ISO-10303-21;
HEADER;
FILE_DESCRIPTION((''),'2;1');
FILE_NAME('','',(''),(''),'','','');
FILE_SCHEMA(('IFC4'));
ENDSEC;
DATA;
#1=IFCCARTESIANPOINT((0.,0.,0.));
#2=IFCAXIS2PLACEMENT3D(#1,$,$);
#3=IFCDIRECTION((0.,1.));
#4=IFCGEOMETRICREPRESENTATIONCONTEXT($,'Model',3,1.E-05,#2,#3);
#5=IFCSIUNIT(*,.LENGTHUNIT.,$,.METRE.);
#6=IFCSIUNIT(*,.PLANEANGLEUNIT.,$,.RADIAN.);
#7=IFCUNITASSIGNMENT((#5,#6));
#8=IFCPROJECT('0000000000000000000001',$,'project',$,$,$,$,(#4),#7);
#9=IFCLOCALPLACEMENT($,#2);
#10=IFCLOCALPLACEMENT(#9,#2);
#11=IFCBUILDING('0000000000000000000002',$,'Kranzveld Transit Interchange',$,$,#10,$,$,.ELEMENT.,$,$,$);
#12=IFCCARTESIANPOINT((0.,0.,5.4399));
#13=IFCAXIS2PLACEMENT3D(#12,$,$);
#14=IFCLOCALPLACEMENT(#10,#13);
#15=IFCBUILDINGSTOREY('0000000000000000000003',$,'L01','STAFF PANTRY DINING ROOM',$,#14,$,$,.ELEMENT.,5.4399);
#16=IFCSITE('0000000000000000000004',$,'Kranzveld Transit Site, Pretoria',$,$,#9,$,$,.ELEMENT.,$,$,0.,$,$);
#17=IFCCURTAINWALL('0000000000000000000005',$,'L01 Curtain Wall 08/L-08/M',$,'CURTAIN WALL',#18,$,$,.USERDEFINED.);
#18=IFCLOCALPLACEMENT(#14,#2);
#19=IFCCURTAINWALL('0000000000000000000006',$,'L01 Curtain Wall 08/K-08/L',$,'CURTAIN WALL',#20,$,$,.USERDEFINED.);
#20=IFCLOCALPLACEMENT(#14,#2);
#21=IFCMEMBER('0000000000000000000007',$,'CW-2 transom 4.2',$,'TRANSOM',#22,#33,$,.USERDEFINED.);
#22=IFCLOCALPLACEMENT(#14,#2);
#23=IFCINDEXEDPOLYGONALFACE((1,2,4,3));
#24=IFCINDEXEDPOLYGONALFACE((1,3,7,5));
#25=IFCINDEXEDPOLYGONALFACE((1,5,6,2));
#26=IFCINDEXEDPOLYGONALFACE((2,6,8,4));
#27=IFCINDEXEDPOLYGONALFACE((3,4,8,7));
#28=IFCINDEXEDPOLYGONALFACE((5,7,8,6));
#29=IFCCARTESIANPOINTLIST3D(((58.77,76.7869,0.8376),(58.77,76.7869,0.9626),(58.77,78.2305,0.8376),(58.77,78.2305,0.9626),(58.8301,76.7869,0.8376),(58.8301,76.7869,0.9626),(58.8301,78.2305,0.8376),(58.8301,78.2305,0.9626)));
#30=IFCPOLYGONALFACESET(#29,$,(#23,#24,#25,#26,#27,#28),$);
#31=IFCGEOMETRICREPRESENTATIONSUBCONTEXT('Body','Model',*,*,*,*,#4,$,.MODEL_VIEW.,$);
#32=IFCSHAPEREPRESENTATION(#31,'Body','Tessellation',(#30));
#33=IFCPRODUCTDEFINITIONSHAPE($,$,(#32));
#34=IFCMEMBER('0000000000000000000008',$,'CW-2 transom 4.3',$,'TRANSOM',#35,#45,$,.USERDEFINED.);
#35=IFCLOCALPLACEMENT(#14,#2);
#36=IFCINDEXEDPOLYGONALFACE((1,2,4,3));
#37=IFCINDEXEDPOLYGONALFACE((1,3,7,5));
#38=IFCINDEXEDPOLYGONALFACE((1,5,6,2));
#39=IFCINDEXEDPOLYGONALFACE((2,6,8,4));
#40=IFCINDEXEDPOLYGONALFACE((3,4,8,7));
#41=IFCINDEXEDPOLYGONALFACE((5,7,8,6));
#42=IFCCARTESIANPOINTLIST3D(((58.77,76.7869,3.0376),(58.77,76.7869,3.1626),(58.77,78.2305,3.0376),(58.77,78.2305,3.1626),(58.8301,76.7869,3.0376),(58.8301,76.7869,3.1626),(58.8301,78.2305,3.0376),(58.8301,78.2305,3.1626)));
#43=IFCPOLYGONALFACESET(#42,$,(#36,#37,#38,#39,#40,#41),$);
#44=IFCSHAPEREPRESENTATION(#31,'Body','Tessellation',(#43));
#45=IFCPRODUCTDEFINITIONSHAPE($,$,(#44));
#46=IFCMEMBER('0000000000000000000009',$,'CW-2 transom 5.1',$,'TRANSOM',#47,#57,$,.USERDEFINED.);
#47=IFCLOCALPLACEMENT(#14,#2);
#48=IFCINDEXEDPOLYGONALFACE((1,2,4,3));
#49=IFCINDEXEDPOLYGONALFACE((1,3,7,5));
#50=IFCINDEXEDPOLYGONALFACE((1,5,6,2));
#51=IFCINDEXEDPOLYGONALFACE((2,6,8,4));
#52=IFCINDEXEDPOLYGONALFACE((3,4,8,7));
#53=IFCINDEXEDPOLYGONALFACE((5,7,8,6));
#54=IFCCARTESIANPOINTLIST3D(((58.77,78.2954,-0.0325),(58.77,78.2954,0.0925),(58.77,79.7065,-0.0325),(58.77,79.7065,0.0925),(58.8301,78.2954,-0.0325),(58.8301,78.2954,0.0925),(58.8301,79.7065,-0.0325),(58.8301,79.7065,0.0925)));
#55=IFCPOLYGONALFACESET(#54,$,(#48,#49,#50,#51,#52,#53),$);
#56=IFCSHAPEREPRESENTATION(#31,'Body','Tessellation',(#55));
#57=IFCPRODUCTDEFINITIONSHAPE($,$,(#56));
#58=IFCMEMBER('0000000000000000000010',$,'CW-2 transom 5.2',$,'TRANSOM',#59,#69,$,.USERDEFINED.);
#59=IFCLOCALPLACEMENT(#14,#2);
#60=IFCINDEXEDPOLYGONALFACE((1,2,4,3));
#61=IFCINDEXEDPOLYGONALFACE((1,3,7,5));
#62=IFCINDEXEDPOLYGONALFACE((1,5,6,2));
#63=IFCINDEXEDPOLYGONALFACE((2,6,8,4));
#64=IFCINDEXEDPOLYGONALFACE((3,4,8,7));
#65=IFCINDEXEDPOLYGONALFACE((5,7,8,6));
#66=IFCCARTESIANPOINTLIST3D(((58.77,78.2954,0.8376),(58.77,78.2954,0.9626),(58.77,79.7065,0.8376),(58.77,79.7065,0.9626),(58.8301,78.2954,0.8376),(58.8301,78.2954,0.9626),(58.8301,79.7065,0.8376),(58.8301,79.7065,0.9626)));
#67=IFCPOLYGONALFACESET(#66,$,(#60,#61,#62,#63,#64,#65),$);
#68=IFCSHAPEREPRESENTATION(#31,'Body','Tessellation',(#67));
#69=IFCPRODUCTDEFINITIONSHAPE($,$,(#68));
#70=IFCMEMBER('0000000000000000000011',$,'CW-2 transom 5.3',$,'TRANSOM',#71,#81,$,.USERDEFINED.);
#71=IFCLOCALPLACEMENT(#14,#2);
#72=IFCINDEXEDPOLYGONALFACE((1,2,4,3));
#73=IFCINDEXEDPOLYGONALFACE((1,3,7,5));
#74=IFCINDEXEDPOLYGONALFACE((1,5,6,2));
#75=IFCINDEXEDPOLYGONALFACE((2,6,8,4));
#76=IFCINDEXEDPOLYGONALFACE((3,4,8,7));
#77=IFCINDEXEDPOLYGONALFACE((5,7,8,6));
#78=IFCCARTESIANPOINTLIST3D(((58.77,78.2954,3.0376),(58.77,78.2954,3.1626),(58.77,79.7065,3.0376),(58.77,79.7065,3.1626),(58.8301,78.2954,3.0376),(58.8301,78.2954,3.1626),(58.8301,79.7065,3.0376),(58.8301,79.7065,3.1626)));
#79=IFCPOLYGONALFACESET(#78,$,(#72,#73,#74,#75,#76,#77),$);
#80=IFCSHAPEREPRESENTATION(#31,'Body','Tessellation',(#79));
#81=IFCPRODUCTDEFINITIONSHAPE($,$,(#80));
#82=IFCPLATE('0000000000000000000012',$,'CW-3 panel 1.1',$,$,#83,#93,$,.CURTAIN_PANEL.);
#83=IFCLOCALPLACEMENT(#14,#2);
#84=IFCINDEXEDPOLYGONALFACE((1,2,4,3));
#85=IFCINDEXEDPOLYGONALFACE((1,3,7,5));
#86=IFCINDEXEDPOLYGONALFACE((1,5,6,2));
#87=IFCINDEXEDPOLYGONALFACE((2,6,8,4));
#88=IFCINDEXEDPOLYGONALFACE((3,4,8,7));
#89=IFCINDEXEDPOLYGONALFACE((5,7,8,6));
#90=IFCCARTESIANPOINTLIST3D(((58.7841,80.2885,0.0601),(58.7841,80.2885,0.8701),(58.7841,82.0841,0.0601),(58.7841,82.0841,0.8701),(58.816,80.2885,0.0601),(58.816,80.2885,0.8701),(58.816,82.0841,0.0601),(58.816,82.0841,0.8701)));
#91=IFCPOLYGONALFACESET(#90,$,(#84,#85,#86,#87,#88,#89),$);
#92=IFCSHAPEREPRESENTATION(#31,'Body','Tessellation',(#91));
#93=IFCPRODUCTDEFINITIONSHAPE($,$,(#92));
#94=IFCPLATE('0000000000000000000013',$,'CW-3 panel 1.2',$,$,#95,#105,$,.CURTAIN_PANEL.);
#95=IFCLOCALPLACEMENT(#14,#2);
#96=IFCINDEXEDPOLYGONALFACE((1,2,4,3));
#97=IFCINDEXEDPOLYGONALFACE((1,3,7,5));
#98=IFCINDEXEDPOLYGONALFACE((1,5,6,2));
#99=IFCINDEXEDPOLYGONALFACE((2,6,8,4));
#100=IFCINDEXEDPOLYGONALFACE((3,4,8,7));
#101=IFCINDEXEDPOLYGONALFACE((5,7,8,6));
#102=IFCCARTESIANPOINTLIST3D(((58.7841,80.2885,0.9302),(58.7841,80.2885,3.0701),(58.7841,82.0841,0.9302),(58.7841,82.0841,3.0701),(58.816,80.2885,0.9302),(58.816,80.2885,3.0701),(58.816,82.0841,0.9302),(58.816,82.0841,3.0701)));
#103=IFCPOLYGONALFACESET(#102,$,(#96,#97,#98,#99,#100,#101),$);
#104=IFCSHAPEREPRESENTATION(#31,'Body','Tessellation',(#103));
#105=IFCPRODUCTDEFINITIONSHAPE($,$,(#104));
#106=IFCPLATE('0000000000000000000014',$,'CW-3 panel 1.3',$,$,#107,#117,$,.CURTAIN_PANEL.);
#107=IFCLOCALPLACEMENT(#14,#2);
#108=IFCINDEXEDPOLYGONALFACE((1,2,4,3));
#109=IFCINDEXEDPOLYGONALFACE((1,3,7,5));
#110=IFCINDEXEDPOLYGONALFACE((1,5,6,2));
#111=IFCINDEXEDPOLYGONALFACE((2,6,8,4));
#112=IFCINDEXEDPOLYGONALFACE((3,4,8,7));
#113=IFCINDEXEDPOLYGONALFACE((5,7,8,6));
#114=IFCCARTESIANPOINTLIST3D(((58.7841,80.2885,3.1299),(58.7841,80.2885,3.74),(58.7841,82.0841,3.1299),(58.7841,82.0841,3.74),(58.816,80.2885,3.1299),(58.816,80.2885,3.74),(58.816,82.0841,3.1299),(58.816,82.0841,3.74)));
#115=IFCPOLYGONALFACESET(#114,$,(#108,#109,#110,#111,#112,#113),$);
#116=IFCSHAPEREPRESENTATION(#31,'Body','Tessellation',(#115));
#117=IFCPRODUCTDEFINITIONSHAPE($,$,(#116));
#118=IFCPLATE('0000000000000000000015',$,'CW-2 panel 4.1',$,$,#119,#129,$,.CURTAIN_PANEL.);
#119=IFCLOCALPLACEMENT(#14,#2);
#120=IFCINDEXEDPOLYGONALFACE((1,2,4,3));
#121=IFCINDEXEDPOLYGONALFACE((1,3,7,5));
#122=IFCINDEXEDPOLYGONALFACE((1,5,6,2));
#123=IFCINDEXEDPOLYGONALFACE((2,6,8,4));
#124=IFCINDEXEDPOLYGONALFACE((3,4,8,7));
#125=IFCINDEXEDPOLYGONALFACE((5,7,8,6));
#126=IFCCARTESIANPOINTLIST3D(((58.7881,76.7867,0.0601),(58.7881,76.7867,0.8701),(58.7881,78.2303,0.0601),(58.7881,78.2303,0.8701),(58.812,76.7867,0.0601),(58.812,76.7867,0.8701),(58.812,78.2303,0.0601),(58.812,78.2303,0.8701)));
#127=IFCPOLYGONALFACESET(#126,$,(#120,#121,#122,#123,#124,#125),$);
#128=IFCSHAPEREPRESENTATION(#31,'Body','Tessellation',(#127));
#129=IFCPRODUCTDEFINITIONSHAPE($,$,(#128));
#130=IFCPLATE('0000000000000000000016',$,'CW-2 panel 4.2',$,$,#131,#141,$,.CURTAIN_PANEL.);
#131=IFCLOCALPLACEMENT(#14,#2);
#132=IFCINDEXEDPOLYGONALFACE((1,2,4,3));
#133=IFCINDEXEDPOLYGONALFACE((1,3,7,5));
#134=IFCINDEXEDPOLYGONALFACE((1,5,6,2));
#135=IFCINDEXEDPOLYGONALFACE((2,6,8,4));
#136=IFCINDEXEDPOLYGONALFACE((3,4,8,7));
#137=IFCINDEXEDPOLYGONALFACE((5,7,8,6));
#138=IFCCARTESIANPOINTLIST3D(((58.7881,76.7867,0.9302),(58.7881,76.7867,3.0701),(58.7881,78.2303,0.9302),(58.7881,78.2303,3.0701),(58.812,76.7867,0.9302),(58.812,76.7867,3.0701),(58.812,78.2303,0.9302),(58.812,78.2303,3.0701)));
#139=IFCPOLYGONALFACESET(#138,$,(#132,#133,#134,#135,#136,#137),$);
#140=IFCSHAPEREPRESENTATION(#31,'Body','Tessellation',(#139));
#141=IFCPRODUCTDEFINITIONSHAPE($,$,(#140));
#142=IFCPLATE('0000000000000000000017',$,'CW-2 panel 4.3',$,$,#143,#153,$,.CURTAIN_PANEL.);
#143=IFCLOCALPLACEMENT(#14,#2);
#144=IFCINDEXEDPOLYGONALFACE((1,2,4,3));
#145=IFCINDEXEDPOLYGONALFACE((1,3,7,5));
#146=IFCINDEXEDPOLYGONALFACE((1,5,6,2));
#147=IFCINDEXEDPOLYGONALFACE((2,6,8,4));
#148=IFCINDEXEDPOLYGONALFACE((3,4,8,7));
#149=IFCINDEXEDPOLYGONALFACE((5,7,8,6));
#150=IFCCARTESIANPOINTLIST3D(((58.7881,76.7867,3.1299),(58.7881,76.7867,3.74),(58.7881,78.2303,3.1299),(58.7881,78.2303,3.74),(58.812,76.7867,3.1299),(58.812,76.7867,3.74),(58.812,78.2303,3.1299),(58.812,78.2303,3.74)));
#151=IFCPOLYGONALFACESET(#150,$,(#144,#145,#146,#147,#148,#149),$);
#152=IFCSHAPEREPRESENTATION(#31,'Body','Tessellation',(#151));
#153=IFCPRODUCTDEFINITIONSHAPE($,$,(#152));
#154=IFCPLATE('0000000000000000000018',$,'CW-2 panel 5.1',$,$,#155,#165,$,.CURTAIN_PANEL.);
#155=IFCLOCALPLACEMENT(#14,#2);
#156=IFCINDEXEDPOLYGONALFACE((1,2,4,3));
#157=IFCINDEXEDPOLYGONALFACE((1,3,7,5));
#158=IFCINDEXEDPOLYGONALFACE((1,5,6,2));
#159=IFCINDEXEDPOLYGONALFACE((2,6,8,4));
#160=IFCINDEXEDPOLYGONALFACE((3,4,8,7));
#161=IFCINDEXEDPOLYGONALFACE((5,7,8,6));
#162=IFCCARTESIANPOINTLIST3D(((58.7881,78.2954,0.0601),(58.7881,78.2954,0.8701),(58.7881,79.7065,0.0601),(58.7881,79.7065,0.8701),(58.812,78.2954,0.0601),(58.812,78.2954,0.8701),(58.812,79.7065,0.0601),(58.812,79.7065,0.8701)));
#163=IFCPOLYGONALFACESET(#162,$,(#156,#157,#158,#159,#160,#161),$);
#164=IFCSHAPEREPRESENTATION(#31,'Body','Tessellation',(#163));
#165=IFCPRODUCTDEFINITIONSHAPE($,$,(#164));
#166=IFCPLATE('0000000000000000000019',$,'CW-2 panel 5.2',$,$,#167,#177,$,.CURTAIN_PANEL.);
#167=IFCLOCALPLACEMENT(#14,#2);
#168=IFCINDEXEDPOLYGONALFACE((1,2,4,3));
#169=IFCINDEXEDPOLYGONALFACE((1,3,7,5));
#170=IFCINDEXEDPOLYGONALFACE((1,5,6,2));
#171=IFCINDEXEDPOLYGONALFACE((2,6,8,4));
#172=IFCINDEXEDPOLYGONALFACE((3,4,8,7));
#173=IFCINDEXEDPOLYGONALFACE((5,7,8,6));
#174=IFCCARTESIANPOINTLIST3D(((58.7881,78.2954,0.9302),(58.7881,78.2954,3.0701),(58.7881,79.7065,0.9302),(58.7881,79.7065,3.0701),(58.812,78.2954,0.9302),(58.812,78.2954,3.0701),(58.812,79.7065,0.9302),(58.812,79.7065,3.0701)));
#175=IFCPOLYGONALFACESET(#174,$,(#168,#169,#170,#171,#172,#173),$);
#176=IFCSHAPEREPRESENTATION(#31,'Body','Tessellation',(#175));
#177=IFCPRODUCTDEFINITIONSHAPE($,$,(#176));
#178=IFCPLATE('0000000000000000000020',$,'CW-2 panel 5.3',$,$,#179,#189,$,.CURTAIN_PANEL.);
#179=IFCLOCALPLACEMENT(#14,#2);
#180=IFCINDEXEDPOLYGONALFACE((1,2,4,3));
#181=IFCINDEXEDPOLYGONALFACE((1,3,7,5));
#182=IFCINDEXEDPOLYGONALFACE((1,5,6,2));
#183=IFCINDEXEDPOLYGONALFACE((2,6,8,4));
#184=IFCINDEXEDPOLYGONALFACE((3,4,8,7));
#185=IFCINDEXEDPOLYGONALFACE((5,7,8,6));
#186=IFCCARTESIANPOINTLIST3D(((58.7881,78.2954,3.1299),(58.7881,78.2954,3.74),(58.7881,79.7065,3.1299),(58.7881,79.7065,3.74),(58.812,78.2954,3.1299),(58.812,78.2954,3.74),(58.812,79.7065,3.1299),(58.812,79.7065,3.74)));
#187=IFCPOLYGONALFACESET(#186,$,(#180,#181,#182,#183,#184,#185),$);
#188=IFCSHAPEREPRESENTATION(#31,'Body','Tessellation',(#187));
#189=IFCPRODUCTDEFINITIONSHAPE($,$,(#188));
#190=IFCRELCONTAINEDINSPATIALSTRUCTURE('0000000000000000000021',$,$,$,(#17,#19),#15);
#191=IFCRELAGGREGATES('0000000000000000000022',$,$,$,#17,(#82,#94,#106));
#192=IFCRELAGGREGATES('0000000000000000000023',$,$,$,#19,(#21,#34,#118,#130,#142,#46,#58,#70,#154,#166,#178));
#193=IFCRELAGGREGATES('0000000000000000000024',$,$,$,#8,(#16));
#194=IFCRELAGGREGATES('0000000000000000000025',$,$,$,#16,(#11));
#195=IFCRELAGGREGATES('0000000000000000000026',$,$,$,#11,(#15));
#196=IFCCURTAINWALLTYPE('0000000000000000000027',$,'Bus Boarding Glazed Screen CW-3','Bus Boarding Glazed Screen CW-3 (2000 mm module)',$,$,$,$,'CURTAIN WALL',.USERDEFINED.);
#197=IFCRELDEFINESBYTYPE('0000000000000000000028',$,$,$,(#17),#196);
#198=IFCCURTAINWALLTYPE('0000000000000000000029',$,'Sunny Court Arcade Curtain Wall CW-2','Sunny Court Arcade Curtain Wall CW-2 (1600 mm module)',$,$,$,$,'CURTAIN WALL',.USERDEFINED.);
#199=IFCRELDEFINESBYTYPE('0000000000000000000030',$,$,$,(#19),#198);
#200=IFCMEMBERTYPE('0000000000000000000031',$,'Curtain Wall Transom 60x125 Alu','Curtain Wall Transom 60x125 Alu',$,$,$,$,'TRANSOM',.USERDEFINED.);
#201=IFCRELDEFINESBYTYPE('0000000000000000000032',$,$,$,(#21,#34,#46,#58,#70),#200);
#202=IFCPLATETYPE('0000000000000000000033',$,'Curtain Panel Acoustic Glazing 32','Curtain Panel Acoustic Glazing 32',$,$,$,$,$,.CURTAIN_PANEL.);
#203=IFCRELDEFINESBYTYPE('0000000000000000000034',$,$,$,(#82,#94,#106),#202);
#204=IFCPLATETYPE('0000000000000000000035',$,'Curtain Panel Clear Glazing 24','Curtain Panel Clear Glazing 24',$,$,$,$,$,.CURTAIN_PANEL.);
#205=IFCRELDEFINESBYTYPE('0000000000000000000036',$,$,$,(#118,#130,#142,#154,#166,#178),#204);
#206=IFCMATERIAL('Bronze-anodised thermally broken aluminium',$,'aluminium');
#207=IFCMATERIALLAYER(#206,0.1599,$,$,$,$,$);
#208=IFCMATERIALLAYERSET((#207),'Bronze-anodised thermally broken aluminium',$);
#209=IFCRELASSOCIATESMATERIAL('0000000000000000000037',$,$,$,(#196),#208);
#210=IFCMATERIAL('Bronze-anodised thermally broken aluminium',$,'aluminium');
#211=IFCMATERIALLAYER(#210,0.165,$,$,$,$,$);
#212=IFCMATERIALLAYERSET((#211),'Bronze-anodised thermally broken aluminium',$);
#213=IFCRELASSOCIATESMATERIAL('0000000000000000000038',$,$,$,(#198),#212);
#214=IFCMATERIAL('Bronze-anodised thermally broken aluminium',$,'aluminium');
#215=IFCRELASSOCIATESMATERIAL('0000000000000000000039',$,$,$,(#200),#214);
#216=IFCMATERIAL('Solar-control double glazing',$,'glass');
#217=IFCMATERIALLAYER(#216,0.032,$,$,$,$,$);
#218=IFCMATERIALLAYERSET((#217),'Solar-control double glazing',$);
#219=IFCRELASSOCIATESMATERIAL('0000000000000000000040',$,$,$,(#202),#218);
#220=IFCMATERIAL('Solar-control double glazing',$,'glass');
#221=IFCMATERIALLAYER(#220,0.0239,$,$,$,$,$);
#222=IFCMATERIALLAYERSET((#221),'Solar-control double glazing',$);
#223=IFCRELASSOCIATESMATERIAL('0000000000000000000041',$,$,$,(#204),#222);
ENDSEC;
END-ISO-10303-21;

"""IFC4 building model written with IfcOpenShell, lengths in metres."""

from ifc_helpers import new_model, si_unit, direction, frame, origin, origin_2d, place, context, subcontext, project, spatial, rectangle, extrude, material, layer, layer_set, material_profile, profile_set, type_object, element, aggregate, save


model = new_model("IFC4")

# Units and contexts
model_context = context("Model", 3, precision=1e-05, world=origin(), true_north=direction((0.0, 1.0)))
body_context = subcontext(model_context, "Body", "Model", "MODEL_VIEW")
ifc_project = project(units=[si_unit("LENGTHUNIT", "METRE"), si_unit("PLANEANGLEUNIT", "RADIAN")], contexts=[model_context])

# Site, building, storey
site_placement = place(None, origin())
site = spatial("IfcSite", under=ifc_project, at=site_placement, Name="Kranzveld Transit Site, Pretoria", CompositionType="ELEMENT", RefElevation=0.0)
building_placement = place(site_placement, origin())
building = spatial("IfcBuilding", under=site, at=building_placement, Name="Kranzveld Transit Interchange", CompositionType="ELEMENT")
storey_placement = place(building_placement, frame((0.0, 0.0, 5.4399)))
storey = spatial("IfcBuildingStorey", under=building, at=storey_placement, Name="L01", Description="STAFF PANTRY DINING ROOM", CompositionType="ELEMENT", Elevation=5.4399)

# Curtain walls
ifc_material_1 = material(Name="Bronze-anodised thermally broken aluminium", Category="aluminium")
ifc_layer_1 = layer(ifc_material_1, 0.1599)
ifc_layer_set_1 = layer_set([ifc_layer_1], Name="Bronze-anodised thermally broken aluminium")
curtain_wall_type_1 = type_object("IfcCurtainWallType", Name="Bus Boarding Glazed Screen CW-3", Description="Bus Boarding Glazed Screen CW-3 (2000 mm module)", ElementType="CURTAIN WALL", PredefinedType="USERDEFINED", material=ifc_layer_set_1)
curtain_wall_1_placement = place(storey_placement, origin())
curtain_wall_1 = element("IfcCurtainWall", 1, at=curtain_wall_1_placement, inside=storey, type_object=curtain_wall_type_1, Name="L01 Curtain Wall 08/L-08/M", ObjectType="CURTAIN WALL", PredefinedType="USERDEFINED")
ifc_material_2 = material(Name="Bronze-anodised thermally broken aluminium", Category="aluminium")
ifc_layer_2 = layer(ifc_material_2, 0.165)
ifc_layer_set_2 = layer_set([ifc_layer_2], Name="Bronze-anodised thermally broken aluminium")
curtain_wall_type_2 = type_object("IfcCurtainWallType", Name="Sunny Court Arcade Curtain Wall CW-2", Description="Sunny Court Arcade Curtain Wall CW-2 (1600 mm module)", ElementType="CURTAIN WALL", PredefinedType="USERDEFINED", material=ifc_layer_set_2)
curtain_wall_2_placement = place(storey_placement, origin())
curtain_wall_2 = element("IfcCurtainWall", 2, at=curtain_wall_2_placement, inside=storey, type_object=curtain_wall_type_2, Name="L01 Curtain Wall 08/K-08/L", ObjectType="CURTAIN WALL", PredefinedType="USERDEFINED")

# Members
ifc_material_3 = material(Name="Bronze-anodised thermally broken aluminium", Category="aluminium")
ifc_material_profile_1 = material_profile(ifc_material_3, rectangle(XDim=0.0601, YDim=0.125, at=origin_2d()), Name="ALU TRANSOM 60x125")
ifc_profile_set_1 = profile_set([ifc_material_profile_1], Name="Bronze-anodised thermally broken aluminium")
member_type_1 = type_object("IfcMemberType", Name="Curtain Wall Transom 60x125 Alu", Description="Curtain Wall Transom 60x125 Alu", ElementType="TRANSOM", PredefinedType="USERDEFINED", material=ifc_profile_set_1)
member_1_placement = place(storey_placement, frame((58.8, 76.7869, 0.9001), z_axis=(0.0, 1.0, 0.0), x_axis=(-1.0, 0.0, 0.0)))
member_1 = element("IfcMember", 3, at=member_1_placement, type_object=member_type_1, Name="CW-2 transom 4.2", ObjectType="TRANSOM", PredefinedType="USERDEFINED", context=body_context, shape_type="SweptSolid", body=[
    extrude(rectangle(XDim=0.0601, YDim=0.125, at=origin_2d()), origin(), (0.0, 0.0, 1.0), 1.4436),
])
member_2_placement = place(storey_placement, frame((58.8, 76.7869, 3.1001), z_axis=(0.0, 1.0, 0.0), x_axis=(-1.0, 0.0, 0.0)))
member_2 = element("IfcMember", 4, at=member_2_placement, type_object=member_type_1, Name="CW-2 transom 4.3", ObjectType="TRANSOM", PredefinedType="USERDEFINED", context=body_context, shape_type="SweptSolid", body=[
    extrude(rectangle(XDim=0.0601, YDim=0.125, at=origin_2d()), origin(), (0.0, 0.0, 1.0), 1.4436),
])
member_3_placement = place(storey_placement, frame((58.8, 78.2954, 0.03), z_axis=(0.0, 1.0, 0.0), x_axis=(-1.0, 0.0, 0.0)))
member_3 = element("IfcMember", 5, at=member_3_placement, type_object=member_type_1, Name="CW-2 transom 5.1", ObjectType="TRANSOM", PredefinedType="USERDEFINED", context=body_context, shape_type="SweptSolid", body=[
    extrude(rectangle(XDim=0.0601, YDim=0.125, at=origin_2d()), origin(), (0.0, 0.0, 1.0), 1.4111),
])
member_4_placement = place(storey_placement, frame((58.8, 78.2954, 0.9001), z_axis=(0.0, 1.0, 0.0), x_axis=(-1.0, 0.0, 0.0)))
member_4 = element("IfcMember", 6, at=member_4_placement, type_object=member_type_1, Name="CW-2 transom 5.2", ObjectType="TRANSOM", PredefinedType="USERDEFINED", context=body_context, shape_type="SweptSolid", body=[
    extrude(rectangle(XDim=0.0601, YDim=0.125, at=origin_2d()), origin(), (0.0, 0.0, 1.0), 1.4111),
])
member_5_placement = place(storey_placement, frame((58.8, 78.2954, 3.1001), z_axis=(0.0, 1.0, 0.0), x_axis=(-1.0, 0.0, 0.0)))
member_5 = element("IfcMember", 7, at=member_5_placement, type_object=member_type_1, Name="CW-2 transom 5.3", ObjectType="TRANSOM", PredefinedType="USERDEFINED", context=body_context, shape_type="SweptSolid", body=[
    extrude(rectangle(XDim=0.0601, YDim=0.125, at=origin_2d()), origin(), (0.0, 0.0, 1.0), 1.4111),
])

# Plates
ifc_material_4 = material(Name="Solar-control double glazing", Category="glass")
ifc_layer_3 = layer(ifc_material_4, 0.032)
ifc_layer_set_3 = layer_set([ifc_layer_3], Name="Solar-control double glazing")
plate_type_1 = type_object("IfcPlateType", Name="Curtain Panel Acoustic Glazing 32", Description="Curtain Panel Acoustic Glazing 32", PredefinedType="CURTAIN_PANEL", material=ifc_layer_set_3)
plate_1_placement = place(storey_placement, frame((58.8, 81.1863, 0.0601), z_axis=(0.0, 0.0, 1.0), x_axis=(0.0, 1.0, 0.0)))
plate_1 = element("IfcPlate", 8, at=plate_1_placement, type_object=plate_type_1, Name="CW-3 panel 1.1", PredefinedType="CURTAIN_PANEL", context=body_context, shape_type="SweptSolid", body=[
    extrude(rectangle(XDim=1.7957, YDim=0.032, at=origin_2d()), origin(), (0.0, 0.0, 1.0), 0.8101),
])
plate_2_placement = place(storey_placement, frame((58.8, 81.1863, 0.9302), z_axis=(0.0, 0.0, 1.0), x_axis=(0.0, 1.0, 0.0)))
plate_2 = element("IfcPlate", 9, at=plate_2_placement, type_object=plate_type_1, Name="CW-3 panel 1.2", PredefinedType="CURTAIN_PANEL", context=body_context, shape_type="SweptSolid", body=[
    extrude(rectangle(XDim=1.7957, YDim=0.032, at=origin_2d()), origin(), (0.0, 0.0, 1.0), 2.1399),
])
plate_3_placement = place(storey_placement, frame((58.8, 81.1863, 3.1299), z_axis=(0.0, 0.0, 1.0), x_axis=(0.0, 1.0, 0.0)))
plate_3 = element("IfcPlate", 10, at=plate_3_placement, type_object=plate_type_1, Name="CW-3 panel 1.3", PredefinedType="CURTAIN_PANEL", context=body_context, shape_type="SweptSolid", body=[
    extrude(rectangle(XDim=1.7957, YDim=0.032, at=origin_2d()), origin(), (0.0, 0.0, 1.0), 0.6101),
])
aggregate(curtain_wall_1, [plate_1, plate_2, plate_3])
ifc_material_5 = material(Name="Solar-control double glazing", Category="glass")
ifc_layer_4 = layer(ifc_material_5, 0.0239)
ifc_layer_set_4 = layer_set([ifc_layer_4], Name="Solar-control double glazing")
plate_type_2 = type_object("IfcPlateType", Name="Curtain Panel Clear Glazing 24", Description="Curtain Panel Clear Glazing 24", PredefinedType="CURTAIN_PANEL", material=ifc_layer_set_4)
plate_4_placement = place(storey_placement, frame((58.8, 77.5085, 0.0601), z_axis=(0.0, 0.0, 1.0), x_axis=(0.0, 1.0, 0.0)))
plate_4 = element("IfcPlate", 11, at=plate_4_placement, type_object=plate_type_2, Name="CW-2 panel 4.1", PredefinedType="CURTAIN_PANEL", context=body_context, shape_type="SweptSolid", body=[
    extrude(rectangle(XDim=1.4436, YDim=0.0239, at=origin_2d()), origin(), (0.0, 0.0, 1.0), 0.8101),
])
plate_5_placement = place(storey_placement, frame((58.8, 77.5085, 0.9302), z_axis=(0.0, 0.0, 1.0), x_axis=(0.0, 1.0, 0.0)))
plate_5 = element("IfcPlate", 12, at=plate_5_placement, type_object=plate_type_2, Name="CW-2 panel 4.2", PredefinedType="CURTAIN_PANEL", context=body_context, shape_type="SweptSolid", body=[
    extrude(rectangle(XDim=1.4436, YDim=0.0239, at=origin_2d()), origin(), (0.0, 0.0, 1.0), 2.1399),
])
plate_6_placement = place(storey_placement, frame((58.8, 77.5085, 3.1299), z_axis=(0.0, 0.0, 1.0), x_axis=(0.0, 1.0, 0.0)))
plate_6 = element("IfcPlate", 13, at=plate_6_placement, type_object=plate_type_2, Name="CW-2 panel 4.3", PredefinedType="CURTAIN_PANEL", context=body_context, shape_type="SweptSolid", body=[
    extrude(rectangle(XDim=1.4436, YDim=0.0239, at=origin_2d()), origin(), (0.0, 0.0, 1.0), 0.6101),
])
plate_7_placement = place(storey_placement, frame((58.8, 79.001, 0.0601), z_axis=(0.0, 0.0, 1.0), x_axis=(0.0, 1.0, 0.0)))
plate_7 = element("IfcPlate", 14, at=plate_7_placement, type_object=plate_type_2, Name="CW-2 panel 5.1", PredefinedType="CURTAIN_PANEL", context=body_context, shape_type="SweptSolid", body=[
    extrude(rectangle(XDim=1.4111, YDim=0.0239, at=origin_2d()), origin(), (0.0, 0.0, 1.0), 0.8101),
])
plate_8_placement = place(storey_placement, frame((58.8, 79.001, 0.9302), z_axis=(0.0, 0.0, 1.0), x_axis=(0.0, 1.0, 0.0)))
plate_8 = element("IfcPlate", 15, at=plate_8_placement, type_object=plate_type_2, Name="CW-2 panel 5.2", PredefinedType="CURTAIN_PANEL", context=body_context, shape_type="SweptSolid", body=[
    extrude(rectangle(XDim=1.4111, YDim=0.0239, at=origin_2d()), origin(), (0.0, 0.0, 1.0), 2.1399),
])
plate_9_placement = place(storey_placement, frame((58.8, 79.001, 3.1299), z_axis=(0.0, 0.0, 1.0), x_axis=(0.0, 1.0, 0.0)))
plate_9 = element("IfcPlate", 16, at=plate_9_placement, type_object=plate_type_2, Name="CW-2 panel 5.3", PredefinedType="CURTAIN_PANEL", context=body_context, shape_type="SweptSolid", body=[
    extrude(rectangle(XDim=1.4111, YDim=0.0239, at=origin_2d()), origin(), (0.0, 0.0, 1.0), 0.6101),
])
aggregate(curtain_wall_2, [member_1, member_2, plate_4, plate_5, plate_6, member_3, member_4, member_5, plate_7, plate_8, plate_9])

save(model, "model.ifc")
